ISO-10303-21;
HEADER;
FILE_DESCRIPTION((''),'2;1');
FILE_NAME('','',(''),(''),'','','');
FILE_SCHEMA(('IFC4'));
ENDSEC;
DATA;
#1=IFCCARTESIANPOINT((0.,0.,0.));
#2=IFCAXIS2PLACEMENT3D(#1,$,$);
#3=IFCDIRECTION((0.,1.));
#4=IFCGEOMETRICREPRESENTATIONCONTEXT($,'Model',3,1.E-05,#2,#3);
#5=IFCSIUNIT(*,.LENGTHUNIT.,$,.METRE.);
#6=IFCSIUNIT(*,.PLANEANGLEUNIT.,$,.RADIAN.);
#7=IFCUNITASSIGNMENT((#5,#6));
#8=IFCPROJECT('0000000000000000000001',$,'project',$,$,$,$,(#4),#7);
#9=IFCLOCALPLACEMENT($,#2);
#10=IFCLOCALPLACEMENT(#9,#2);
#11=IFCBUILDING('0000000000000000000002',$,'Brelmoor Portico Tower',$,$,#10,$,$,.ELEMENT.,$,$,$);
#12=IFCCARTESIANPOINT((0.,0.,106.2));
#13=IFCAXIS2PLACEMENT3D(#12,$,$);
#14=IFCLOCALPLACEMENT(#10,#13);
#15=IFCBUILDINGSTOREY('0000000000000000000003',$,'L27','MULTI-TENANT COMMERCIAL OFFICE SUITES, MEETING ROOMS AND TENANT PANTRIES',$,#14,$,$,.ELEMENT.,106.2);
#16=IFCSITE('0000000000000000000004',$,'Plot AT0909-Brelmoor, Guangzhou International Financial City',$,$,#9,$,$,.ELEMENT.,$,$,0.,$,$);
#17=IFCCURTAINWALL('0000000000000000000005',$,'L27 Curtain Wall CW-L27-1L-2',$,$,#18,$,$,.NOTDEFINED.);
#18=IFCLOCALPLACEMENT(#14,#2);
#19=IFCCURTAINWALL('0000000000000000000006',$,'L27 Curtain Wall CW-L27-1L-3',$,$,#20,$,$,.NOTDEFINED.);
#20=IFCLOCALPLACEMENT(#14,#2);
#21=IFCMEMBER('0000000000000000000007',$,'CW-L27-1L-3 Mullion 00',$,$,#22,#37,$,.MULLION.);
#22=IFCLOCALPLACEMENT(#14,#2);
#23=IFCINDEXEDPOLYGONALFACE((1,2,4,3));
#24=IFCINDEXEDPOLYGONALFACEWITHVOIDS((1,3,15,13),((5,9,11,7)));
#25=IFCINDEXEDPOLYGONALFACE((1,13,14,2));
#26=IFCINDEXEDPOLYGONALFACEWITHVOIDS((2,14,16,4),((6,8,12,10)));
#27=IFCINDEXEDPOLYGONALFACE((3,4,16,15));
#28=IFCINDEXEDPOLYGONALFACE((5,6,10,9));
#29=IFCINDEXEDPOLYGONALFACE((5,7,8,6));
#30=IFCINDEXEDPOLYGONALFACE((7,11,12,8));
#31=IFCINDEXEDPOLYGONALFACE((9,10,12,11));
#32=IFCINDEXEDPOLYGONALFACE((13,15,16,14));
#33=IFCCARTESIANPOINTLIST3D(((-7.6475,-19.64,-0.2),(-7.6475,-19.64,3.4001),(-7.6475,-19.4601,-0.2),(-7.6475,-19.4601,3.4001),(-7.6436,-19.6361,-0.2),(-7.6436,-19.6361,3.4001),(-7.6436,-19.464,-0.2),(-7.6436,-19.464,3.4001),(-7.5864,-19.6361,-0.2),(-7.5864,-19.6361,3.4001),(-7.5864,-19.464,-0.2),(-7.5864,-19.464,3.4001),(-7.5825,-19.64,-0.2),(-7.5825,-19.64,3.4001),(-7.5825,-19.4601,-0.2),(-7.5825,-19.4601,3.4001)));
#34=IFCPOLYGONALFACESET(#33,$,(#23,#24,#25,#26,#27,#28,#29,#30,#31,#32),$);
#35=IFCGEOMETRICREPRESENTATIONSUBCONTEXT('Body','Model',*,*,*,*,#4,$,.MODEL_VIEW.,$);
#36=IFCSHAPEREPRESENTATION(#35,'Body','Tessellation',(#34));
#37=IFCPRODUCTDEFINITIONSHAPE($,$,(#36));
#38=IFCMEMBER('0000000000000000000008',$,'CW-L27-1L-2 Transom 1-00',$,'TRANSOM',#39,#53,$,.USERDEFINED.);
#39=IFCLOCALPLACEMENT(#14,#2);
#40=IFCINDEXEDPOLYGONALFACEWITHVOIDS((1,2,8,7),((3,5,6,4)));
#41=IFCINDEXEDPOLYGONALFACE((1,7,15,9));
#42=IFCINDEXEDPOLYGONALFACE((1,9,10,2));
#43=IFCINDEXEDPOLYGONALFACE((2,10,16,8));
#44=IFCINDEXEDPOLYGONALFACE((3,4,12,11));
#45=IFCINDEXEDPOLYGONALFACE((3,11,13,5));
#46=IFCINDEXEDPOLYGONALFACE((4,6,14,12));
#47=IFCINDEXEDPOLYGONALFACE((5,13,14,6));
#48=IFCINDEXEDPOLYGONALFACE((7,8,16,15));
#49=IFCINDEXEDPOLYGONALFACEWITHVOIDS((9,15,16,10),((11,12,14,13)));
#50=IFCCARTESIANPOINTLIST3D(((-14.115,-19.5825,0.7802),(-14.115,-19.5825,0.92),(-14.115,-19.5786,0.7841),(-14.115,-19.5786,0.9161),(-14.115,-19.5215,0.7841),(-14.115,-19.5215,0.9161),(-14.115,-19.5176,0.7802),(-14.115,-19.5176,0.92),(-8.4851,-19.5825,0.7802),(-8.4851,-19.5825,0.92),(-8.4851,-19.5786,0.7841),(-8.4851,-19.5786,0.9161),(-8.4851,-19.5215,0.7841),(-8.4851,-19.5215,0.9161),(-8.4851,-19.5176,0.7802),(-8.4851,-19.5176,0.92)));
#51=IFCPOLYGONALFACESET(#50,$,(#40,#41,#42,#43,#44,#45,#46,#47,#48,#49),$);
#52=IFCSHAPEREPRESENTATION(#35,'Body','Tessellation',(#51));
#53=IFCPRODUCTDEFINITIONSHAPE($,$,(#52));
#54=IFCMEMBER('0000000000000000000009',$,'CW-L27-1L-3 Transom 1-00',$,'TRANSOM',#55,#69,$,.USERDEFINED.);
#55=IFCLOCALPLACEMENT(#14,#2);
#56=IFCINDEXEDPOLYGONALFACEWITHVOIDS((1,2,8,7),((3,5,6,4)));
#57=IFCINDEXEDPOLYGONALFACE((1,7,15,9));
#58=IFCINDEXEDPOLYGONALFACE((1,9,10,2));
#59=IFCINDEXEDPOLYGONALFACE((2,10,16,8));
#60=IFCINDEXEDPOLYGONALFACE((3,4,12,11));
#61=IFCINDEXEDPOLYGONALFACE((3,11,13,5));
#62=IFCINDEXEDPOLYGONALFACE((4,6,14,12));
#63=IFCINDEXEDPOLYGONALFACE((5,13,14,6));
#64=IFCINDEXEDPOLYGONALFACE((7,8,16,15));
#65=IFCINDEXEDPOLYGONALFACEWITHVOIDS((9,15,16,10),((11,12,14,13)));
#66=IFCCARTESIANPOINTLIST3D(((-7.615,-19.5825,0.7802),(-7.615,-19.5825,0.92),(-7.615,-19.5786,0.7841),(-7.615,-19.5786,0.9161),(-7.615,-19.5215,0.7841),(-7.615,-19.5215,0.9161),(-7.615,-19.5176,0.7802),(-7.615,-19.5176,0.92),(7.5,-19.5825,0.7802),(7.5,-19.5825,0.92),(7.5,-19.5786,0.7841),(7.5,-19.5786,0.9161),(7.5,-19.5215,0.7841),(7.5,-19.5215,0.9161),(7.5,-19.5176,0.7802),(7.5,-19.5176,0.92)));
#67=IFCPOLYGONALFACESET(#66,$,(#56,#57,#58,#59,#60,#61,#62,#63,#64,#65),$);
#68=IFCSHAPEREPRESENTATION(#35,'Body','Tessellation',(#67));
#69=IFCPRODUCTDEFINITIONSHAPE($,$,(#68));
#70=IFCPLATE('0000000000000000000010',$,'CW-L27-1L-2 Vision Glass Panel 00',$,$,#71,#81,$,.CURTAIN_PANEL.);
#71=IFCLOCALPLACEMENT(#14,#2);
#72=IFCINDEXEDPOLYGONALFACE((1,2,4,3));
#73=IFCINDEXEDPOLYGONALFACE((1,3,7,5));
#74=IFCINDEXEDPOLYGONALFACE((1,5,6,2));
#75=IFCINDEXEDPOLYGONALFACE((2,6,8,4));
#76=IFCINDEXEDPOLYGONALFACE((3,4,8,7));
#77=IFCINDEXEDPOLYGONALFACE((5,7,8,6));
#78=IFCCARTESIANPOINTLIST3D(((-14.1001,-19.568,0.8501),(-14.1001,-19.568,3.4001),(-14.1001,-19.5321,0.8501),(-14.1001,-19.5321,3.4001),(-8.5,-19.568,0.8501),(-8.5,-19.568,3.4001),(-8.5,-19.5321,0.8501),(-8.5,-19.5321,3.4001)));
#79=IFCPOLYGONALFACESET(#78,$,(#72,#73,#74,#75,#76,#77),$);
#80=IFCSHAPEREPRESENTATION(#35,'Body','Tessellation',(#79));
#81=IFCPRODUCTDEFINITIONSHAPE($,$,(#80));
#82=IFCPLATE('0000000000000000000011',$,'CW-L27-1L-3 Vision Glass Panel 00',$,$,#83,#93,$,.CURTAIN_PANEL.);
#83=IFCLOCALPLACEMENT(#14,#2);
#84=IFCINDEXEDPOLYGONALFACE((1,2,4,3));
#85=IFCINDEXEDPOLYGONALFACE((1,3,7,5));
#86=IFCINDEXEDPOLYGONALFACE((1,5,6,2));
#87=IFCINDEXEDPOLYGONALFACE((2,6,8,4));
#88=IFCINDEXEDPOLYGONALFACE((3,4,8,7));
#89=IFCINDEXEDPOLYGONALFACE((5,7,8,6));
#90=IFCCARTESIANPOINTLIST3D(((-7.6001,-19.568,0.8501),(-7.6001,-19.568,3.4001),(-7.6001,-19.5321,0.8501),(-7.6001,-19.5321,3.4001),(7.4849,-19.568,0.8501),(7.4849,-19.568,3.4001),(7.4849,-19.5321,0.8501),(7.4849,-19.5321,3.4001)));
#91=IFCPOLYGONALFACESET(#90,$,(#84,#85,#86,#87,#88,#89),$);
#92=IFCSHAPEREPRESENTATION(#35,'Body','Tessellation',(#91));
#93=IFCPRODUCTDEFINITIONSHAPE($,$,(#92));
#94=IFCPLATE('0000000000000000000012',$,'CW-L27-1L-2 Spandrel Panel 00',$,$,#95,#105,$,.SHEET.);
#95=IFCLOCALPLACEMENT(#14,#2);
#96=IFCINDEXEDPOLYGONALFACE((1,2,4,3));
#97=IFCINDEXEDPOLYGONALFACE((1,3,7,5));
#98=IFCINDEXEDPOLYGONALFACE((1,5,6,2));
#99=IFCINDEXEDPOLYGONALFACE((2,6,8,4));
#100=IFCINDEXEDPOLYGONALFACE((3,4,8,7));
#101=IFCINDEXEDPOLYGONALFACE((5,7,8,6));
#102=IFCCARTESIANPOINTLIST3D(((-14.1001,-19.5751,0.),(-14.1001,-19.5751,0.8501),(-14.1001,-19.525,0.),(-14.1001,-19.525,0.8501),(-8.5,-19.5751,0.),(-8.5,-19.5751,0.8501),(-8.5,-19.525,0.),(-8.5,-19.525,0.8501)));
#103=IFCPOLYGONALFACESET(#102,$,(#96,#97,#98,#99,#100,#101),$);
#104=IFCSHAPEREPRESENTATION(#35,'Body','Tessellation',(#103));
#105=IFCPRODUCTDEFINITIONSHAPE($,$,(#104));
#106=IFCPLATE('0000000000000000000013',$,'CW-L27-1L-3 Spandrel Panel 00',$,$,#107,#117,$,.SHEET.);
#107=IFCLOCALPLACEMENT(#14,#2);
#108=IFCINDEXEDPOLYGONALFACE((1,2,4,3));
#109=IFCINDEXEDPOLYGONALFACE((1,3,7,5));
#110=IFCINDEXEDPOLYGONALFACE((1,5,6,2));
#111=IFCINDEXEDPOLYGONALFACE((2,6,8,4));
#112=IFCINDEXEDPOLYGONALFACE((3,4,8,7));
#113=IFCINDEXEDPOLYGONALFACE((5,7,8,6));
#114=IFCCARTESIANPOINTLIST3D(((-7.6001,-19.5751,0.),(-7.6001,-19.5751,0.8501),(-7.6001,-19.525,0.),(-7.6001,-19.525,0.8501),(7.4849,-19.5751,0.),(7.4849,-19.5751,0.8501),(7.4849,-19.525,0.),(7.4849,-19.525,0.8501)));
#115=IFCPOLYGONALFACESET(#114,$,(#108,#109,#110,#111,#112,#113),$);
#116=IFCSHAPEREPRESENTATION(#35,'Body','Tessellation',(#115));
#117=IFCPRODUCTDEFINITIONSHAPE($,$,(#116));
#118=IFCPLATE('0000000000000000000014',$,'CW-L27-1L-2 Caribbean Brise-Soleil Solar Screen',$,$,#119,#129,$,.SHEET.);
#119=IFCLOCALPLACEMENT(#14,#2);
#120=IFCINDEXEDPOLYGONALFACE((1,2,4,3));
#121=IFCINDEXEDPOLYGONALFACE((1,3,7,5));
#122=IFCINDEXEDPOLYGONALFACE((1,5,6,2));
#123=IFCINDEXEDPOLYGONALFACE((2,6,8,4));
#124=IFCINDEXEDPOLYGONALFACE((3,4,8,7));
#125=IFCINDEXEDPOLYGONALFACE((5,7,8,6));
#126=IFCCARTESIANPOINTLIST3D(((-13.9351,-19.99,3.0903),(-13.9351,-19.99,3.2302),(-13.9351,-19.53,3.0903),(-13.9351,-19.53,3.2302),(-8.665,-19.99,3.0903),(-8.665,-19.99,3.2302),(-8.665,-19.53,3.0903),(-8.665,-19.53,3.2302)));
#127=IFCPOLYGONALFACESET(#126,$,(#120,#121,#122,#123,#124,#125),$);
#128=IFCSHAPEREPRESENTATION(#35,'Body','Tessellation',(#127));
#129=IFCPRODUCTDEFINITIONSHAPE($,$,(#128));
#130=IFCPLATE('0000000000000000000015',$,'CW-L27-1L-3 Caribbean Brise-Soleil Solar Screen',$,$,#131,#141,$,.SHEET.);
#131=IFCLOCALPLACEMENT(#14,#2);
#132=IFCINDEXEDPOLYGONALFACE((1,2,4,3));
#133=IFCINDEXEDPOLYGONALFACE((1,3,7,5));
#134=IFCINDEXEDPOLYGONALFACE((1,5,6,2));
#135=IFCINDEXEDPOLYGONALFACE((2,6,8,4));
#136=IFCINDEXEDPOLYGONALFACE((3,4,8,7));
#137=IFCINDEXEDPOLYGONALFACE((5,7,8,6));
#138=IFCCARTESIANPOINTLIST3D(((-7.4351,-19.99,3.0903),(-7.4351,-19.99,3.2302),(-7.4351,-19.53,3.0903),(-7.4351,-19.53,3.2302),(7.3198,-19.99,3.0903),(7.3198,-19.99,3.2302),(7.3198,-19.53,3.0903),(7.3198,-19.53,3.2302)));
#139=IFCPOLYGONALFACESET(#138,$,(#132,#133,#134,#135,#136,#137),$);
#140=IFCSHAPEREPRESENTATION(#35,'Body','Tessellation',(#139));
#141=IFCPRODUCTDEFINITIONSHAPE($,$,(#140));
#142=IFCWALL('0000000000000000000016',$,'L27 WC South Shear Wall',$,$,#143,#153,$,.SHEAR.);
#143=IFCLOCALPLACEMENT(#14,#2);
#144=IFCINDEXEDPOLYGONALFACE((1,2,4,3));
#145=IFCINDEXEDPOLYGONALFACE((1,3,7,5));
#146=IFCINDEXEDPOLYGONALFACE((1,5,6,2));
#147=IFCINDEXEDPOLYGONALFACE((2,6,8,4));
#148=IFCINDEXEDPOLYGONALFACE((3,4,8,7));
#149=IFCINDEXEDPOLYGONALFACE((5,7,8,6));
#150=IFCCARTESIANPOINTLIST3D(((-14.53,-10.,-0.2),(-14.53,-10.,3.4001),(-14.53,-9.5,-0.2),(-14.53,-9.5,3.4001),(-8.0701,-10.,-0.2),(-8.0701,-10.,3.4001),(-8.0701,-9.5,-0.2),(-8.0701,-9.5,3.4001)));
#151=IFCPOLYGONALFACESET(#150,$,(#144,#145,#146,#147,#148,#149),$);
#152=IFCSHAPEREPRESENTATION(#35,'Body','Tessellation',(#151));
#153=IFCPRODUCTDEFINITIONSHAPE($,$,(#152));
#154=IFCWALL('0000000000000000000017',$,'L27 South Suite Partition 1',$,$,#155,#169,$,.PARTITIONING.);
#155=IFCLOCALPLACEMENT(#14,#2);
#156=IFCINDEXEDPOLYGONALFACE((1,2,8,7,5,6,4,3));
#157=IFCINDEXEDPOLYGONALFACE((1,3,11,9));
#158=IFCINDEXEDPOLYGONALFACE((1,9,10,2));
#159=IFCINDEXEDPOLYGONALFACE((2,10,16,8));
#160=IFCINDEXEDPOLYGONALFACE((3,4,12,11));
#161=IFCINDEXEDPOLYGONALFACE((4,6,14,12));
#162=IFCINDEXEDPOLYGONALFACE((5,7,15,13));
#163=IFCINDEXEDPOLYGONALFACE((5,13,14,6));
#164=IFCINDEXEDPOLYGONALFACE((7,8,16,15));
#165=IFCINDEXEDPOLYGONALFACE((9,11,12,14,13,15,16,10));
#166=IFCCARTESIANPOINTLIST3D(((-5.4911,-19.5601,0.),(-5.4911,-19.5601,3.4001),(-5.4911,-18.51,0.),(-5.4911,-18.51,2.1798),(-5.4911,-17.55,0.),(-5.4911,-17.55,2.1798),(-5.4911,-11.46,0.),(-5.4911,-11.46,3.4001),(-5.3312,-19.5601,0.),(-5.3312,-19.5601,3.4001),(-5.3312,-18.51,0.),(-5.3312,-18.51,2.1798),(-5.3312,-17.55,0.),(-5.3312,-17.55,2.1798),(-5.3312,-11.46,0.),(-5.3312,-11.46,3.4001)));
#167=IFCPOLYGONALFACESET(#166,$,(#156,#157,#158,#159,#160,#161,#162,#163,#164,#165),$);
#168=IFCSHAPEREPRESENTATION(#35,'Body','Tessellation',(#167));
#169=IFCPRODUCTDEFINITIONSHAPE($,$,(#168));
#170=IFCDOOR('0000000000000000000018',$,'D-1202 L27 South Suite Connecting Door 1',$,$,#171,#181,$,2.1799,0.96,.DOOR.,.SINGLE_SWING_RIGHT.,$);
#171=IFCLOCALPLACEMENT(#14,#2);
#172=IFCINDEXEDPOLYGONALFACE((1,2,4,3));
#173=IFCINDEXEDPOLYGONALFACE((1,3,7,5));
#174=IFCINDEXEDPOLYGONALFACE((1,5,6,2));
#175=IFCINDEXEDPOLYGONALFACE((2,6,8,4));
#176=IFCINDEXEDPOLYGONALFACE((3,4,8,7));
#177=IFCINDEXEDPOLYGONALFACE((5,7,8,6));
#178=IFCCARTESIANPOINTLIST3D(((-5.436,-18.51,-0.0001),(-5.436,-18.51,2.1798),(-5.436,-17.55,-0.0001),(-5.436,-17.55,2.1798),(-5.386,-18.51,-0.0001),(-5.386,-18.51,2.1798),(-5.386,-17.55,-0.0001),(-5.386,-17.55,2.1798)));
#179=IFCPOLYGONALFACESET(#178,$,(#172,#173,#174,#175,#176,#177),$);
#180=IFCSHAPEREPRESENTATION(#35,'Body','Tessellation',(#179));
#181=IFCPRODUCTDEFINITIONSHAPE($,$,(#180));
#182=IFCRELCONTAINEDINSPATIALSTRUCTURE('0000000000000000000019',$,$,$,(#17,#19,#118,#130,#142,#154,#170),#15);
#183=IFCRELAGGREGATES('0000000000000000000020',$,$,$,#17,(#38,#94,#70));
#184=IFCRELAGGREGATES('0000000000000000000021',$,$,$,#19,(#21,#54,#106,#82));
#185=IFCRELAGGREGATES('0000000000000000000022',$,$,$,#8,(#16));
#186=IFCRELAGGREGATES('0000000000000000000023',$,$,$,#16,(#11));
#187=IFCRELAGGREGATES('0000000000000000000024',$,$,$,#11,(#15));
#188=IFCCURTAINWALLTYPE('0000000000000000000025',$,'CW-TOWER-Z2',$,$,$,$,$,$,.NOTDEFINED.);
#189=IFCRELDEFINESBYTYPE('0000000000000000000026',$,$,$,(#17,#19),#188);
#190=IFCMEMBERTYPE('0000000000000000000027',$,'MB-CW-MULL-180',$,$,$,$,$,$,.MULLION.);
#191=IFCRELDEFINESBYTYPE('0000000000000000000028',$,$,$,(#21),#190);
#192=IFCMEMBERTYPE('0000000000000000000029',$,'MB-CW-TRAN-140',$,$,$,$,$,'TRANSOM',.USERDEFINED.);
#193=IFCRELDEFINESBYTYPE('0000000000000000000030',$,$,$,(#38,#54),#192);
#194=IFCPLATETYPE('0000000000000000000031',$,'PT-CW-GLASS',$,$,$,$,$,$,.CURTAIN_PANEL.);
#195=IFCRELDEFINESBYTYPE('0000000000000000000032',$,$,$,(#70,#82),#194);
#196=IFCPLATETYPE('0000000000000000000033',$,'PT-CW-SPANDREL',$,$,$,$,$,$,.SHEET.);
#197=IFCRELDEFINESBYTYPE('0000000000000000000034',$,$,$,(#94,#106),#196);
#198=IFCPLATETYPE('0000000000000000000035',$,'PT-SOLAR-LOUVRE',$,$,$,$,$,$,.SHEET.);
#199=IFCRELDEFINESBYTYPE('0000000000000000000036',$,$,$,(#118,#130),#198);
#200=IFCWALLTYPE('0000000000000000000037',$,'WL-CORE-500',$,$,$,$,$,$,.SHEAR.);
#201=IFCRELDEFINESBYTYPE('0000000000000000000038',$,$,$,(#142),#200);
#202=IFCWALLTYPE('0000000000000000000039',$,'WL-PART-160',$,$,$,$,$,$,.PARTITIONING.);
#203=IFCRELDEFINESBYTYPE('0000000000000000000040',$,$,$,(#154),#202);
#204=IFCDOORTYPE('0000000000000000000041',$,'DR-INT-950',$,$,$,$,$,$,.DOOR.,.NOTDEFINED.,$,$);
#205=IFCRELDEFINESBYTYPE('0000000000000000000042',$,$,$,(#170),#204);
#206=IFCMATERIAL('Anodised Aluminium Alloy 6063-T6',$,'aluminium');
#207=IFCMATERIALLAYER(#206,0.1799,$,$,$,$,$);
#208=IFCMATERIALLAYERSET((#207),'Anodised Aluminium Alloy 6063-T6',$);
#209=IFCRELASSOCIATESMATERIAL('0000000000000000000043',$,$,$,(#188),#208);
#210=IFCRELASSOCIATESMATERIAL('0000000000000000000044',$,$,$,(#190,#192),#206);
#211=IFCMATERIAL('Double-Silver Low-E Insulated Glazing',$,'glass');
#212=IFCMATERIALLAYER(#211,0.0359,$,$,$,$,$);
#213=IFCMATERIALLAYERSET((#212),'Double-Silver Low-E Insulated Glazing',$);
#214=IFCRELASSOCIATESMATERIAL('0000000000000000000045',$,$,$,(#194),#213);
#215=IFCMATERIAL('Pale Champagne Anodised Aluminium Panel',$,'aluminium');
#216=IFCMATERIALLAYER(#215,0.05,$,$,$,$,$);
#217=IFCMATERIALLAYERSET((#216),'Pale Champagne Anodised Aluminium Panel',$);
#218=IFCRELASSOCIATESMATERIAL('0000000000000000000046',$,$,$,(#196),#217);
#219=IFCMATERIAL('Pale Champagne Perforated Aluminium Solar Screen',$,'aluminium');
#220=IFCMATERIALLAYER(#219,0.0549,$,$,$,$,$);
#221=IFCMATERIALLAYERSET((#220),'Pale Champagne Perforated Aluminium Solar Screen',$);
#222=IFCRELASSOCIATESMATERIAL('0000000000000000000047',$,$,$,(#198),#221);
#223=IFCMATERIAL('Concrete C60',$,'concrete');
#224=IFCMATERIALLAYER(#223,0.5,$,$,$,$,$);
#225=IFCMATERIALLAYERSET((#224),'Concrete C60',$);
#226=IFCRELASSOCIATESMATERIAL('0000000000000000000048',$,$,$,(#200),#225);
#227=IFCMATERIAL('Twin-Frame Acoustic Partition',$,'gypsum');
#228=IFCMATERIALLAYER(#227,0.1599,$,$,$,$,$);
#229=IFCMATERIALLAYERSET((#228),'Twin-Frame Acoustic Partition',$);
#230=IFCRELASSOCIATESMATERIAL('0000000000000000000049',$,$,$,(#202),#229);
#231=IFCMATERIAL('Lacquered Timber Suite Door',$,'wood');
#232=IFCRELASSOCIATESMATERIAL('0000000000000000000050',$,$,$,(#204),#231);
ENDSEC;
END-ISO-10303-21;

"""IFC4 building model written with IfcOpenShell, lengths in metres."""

from ifc_helpers import new_model, si_unit, direction, frame, frame_2d, origin, origin_2d, place, context, subcontext, project, spatial, rectangle, hollow_rectangle, extrude, material, layer, layer_set, material_profile, profile_set, type_object, element, fill, aggregate, save


model = new_model("IFC4")

# Units and contexts
model_context = context("Model", 3, precision=1e-05, world=origin(), true_north=direction((0.0, 1.0)))
body_context = subcontext(model_context, "Body", "Model", "MODEL_VIEW")
ifc_project = project(units=[si_unit("LENGTHUNIT", "METRE"), si_unit("PLANEANGLEUNIT", "RADIAN")], contexts=[model_context])

# Site, building, storey
site_placement = place(None, origin())
site = spatial("IfcSite", under=ifc_project, at=site_placement, Name="Plot AT0909-Brelmoor, Guangzhou International Financial City", CompositionType="ELEMENT", RefElevation=0.0)
building_placement = place(site_placement, origin())
building = spatial("IfcBuilding", under=site, at=building_placement, Name="Brelmoor Portico Tower", CompositionType="ELEMENT")
storey_placement = place(building_placement, frame((0.0, 0.0, 106.2)))
storey = spatial("IfcBuildingStorey", under=building, at=storey_placement, Name="L27", Description="MULTI-TENANT COMMERCIAL OFFICE SUITES, MEETING ROOMS AND TENANT PANTRIES", CompositionType="ELEMENT", Elevation=106.2)

# Curtain wall
ifc_material_1 = material(Name="Anodised Aluminium Alloy 6063-T6", Category="aluminium")
ifc_layer_1 = layer(ifc_material_1, 0.1799)
ifc_layer_set_1 = layer_set([ifc_layer_1], Name="Anodised Aluminium Alloy 6063-T6")
curtain_wall_type = type_object("IfcCurtainWallType", Name="CW-TOWER-Z2", PredefinedType="NOTDEFINED", material=ifc_layer_set_1)
curtain_wall_1_placement = place(storey_placement, origin())
curtain_wall_1 = element("IfcCurtainWall", 1, at=curtain_wall_1_placement, inside=storey, type_object=curtain_wall_type, Name="L27 Curtain Wall CW-L27-1L-2", PredefinedType="NOTDEFINED")
ifc_material_profile_1 = material_profile(ifc_material_1, hollow_rectangle(XDim=0.0649, YDim=0.1799, WallThickness=0.0039, at=origin_2d()), Name="ALU MULLION 65x180")
ifc_profile_set_1 = profile_set([ifc_material_profile_1], Name="Anodised Aluminium Alloy 6063-T6")
member_type_1 = type_object("IfcMemberType", Name="MB-CW-MULL-180", PredefinedType="MULLION", material=ifc_profile_set_1)

# Curtain wall, member
curtain_wall_2_placement = place(storey_placement, origin())
curtain_wall_2 = element("IfcCurtainWall", 2, at=curtain_wall_2_placement, inside=storey, type_object=curtain_wall_type, Name="L27 Curtain Wall CW-L27-1L-3", PredefinedType="NOTDEFINED")
member_1_placement = place(storey_placement, frame((-7.615, -19.55, -0.2), z_axis=(0.0, 0.0, 1.0), x_axis=(1.0, 0.0, 0.0)))
member_1 = element("IfcMember", 3, at=member_1_placement, type_object=member_type_1, Name="CW-L27-1L-3 Mullion 00", PredefinedType="MULLION", context=body_context, shape_type="SweptSolid", body=[
    extrude(hollow_rectangle(XDim=0.0649, YDim=0.1799, WallThickness=0.0039, at=origin_2d()), origin(), (0.0, 0.0, 1.0), 3.6001),
])

# Members
ifc_material_profile_2 = material_profile(ifc_material_1, hollow_rectangle(XDim=0.0649, YDim=0.1399, WallThickness=0.0039, at=origin_2d()), Name="ALU TRANSOM 65x140")
ifc_profile_set_2 = profile_set([ifc_material_profile_2], Name="Anodised Aluminium Alloy 6063-T6")
member_type_2 = type_object("IfcMemberType", Name="MB-CW-TRAN-140", ElementType="TRANSOM", PredefinedType="USERDEFINED", material=ifc_profile_set_2)
member_2_placement = place(storey_placement, frame((-14.115, -19.55, 0.8501), z_axis=(1.0, 0.0, 0.0), x_axis=(0.0, 1.0, 0.0)))
member_2 = element("IfcMember", 4, at=member_2_placement, type_object=member_type_2, Name="CW-L27-1L-2 Transom 1-00", ObjectType="TRANSOM", PredefinedType="USERDEFINED", context=body_context, shape_type="SweptSolid", body=[
    extrude(hollow_rectangle(XDim=0.0649, YDim=0.1399, WallThickness=0.0039, at=origin_2d()), origin(), (0.0, 0.0, 1.0), 5.6299),
])
member_3_placement = place(storey_placement, frame((-7.615, -19.55, 0.8501), z_axis=(1.0, 0.0, 0.0), x_axis=(0.0, 1.0, 0.0)))
member_3 = element("IfcMember", 5, at=member_3_placement, type_object=member_type_2, Name="CW-L27-1L-3 Transom 1-00", ObjectType="TRANSOM", PredefinedType="USERDEFINED", context=body_context, shape_type="SweptSolid", body=[
    extrude(hollow_rectangle(XDim=0.0649, YDim=0.1399, WallThickness=0.0039, at=origin_2d()), origin(), (0.0, 0.0, 1.0), 15.115),
])

# Plates
ifc_material_2 = material(Name="Double-Silver Low-E Insulated Glazing", Category="glass")
ifc_layer_2 = layer(ifc_material_2, 0.0359)
ifc_layer_set_2 = layer_set([ifc_layer_2], Name="Double-Silver Low-E Insulated Glazing")
plate_type_1 = type_object("IfcPlateType", Name="PT-CW-GLASS", PredefinedType="CURTAIN_PANEL", material=ifc_layer_set_2)
plate_1_placement = place(storey_placement, frame((-11.3, -19.55, 0.8501), z_axis=(0.0, 0.0, 1.0), x_axis=(1.0, 0.0, 0.0)))
plate_1 = element("IfcPlate", 6, at=plate_1_placement, type_object=plate_type_1, Name="CW-L27-1L-2 Vision Glass Panel 00", PredefinedType="CURTAIN_PANEL", context=body_context, shape_type="SweptSolid", body=[
    extrude(rectangle(XDim=5.6001, YDim=0.0359, at=origin_2d()), origin(), (0.0, 0.0, 1.0), 2.55),
])
plate_2_placement = place(storey_placement, frame((-0.0576, -19.55, 0.8501), z_axis=(0.0, 0.0, 1.0), x_axis=(1.0, 0.0, 0.0)))
plate_2 = element("IfcPlate", 7, at=plate_2_placement, type_object=plate_type_1, Name="CW-L27-1L-3 Vision Glass Panel 00", PredefinedType="CURTAIN_PANEL", context=body_context, shape_type="SweptSolid", body=[
    extrude(rectangle(XDim=15.085, YDim=0.0359, at=origin_2d()), origin(), (0.0, 0.0, 1.0), 2.55),
])
ifc_material_3 = material(Name="Pale Champagne Anodised Aluminium Panel", Category="aluminium")
ifc_layer_3 = layer(ifc_material_3, 0.05)
ifc_layer_set_3 = layer_set([ifc_layer_3], Name="Pale Champagne Anodised Aluminium Panel")
plate_type_2 = type_object("IfcPlateType", Name="PT-CW-SPANDREL", PredefinedType="SHEET", material=ifc_layer_set_3)
plate_3_placement = place(storey_placement, frame((-11.3, -19.55, 0.0), z_axis=(0.0, 0.0, 1.0), x_axis=(1.0, 0.0, 0.0)))
plate_3 = element("IfcPlate", 8, at=plate_3_placement, type_object=plate_type_2, Name="CW-L27-1L-2 Spandrel Panel 00", PredefinedType="SHEET", context=body_context, shape_type="SweptSolid", body=[
    extrude(rectangle(XDim=5.6001, YDim=0.05, at=origin_2d()), origin(), (0.0, 0.0, 1.0), 0.8501),
])
aggregate(curtain_wall_1, [member_2, plate_3, plate_1])
plate_4_placement = place(storey_placement, frame((-0.0576, -19.55, 0.0), z_axis=(0.0, 0.0, 1.0), x_axis=(1.0, 0.0, 0.0)))
plate_4 = element("IfcPlate", 9, at=plate_4_placement, type_object=plate_type_2, Name="CW-L27-1L-3 Spandrel Panel 00", PredefinedType="SHEET", context=body_context, shape_type="SweptSolid", body=[
    extrude(rectangle(XDim=15.085, YDim=0.05, at=origin_2d()), origin(), (0.0, 0.0, 1.0), 0.8501),
])
aggregate(curtain_wall_2, [member_1, member_3, plate_4, plate_2])

# Plates
ifc_material_4 = material(Name="Pale Champagne Perforated Aluminium Solar Screen", Category="aluminium")
ifc_layer_4 = layer(ifc_material_4, 0.0549)
ifc_layer_set_4 = layer_set([ifc_layer_4], Name="Pale Champagne Perforated Aluminium Solar Screen")
plate_type_3 = type_object("IfcPlateType", Name="PT-SOLAR-LOUVRE", PredefinedType="SHEET", material=ifc_layer_set_4)
plate_5_placement = place(storey_placement, frame((-11.3, -19.76, 3.0903), z_axis=(0.0, 0.0, 1.0), x_axis=(1.0, 0.0, 0.0)))
element("IfcPlate", 10, at=plate_5_placement, inside=storey, type_object=plate_type_3, Name="CW-L27-1L-2 Caribbean Brise-Soleil Solar Screen", PredefinedType="SHEET", context=body_context, shape_type="SweptSolid", body=[
    extrude(rectangle(XDim=5.27, YDim=0.46, at=origin_2d()), origin(), (0.0, 0.0, 1.0), 0.1399),
])
plate_6_placement = place(storey_placement, frame((-0.0576, -19.76, 3.0903), z_axis=(0.0, 0.0, 1.0), x_axis=(1.0, 0.0, 0.0)))
element("IfcPlate", 11, at=plate_6_placement, inside=storey, type_object=plate_type_3, Name="CW-L27-1L-3 Caribbean Brise-Soleil Solar Screen", PredefinedType="SHEET", context=body_context, shape_type="SweptSolid", body=[
    extrude(rectangle(XDim=14.7549, YDim=0.46, at=origin_2d()), origin(), (0.0, 0.0, 1.0), 0.1399),
])

# Wall
ifc_material_5 = material(Name="Concrete C60", Category="concrete")
ifc_layer_5 = layer(ifc_material_5, 0.5)
ifc_layer_set_5 = layer_set([ifc_layer_5], Name="Concrete C60")
wall_type_1 = type_object("IfcWallType", Name="WL-CORE-500", PredefinedType="SHEAR", material=ifc_layer_set_5)
wall_1_placement = place(storey_placement, frame((-14.53, -9.75, -0.2), z_axis=(0.0, 0.0, 1.0), x_axis=(1.0, 0.0, 0.0)))
element("IfcWall", 12, at=wall_1_placement, inside=storey, type_object=wall_type_1, Name="L27 WC South Shear Wall", PredefinedType="SHEAR", context=body_context, shape_type="SweptSolid", body=[
    extrude(rectangle(XDim=6.46, YDim=0.5, at=frame_2d((3.23, 0.0))), origin(), (0.0, 0.0, 1.0), 3.6001),
])

# Wall, opening, door
ifc_material_6 = material(Name="Twin-Frame Acoustic Partition", Category="gypsum")
ifc_layer_6 = layer(ifc_material_6, 0.1599)
ifc_layer_set_6 = layer_set([ifc_layer_6], Name="Twin-Frame Acoustic Partition")
wall_type_2 = type_object("IfcWallType", Name="WL-PART-160", PredefinedType="PARTITIONING", material=ifc_layer_set_6)
wall_2_placement = place(storey_placement, frame((-5.4111, -19.5601, 0.0), z_axis=(0.0, 0.0, 1.0), x_axis=(0.0, 1.0, 0.0)))
wall_2 = element("IfcWall", 13, at=wall_2_placement, inside=storey, type_object=wall_type_2, Name="L27 South Suite Partition 1", PredefinedType="PARTITIONING", context=body_context, shape_type="SweptSolid", body=[
    extrude(rectangle(XDim=8.1001, YDim=0.1599, at=frame_2d((4.05, 0.0))), origin(), (0.0, 0.0, 1.0), 3.4001),
])
opening_1_placement = place(wall_2_placement, frame((1.05, 0.0, 0.0)))
opening_1 = element("IfcOpeningElement", 14, at=opening_1_placement, cuts=wall_2, PredefinedType="OPENING", context=body_context, shape_type="SweptSolid", body=[
    extrude(rectangle(XDim=0.96, YDim=2.1799, at=frame_2d((0.48, 1.0898))), frame((0.0, 0.0898, 0.0), z_axis=(0.0, -1.0, 0.0), x_axis=(1.0, 0.0, 0.0)), (0.0, 0.0, 1.0), 0.1799),
])
ifc_material_7 = material(Name="Lacquered Timber Suite Door", Category="wood")
door_type_1 = type_object("IfcDoorType", Name="DR-INT-950", OperationType="NOTDEFINED", PredefinedType="DOOR", material=ifc_material_7)
door_1_placement = place(opening_1_placement, origin())
door_1 = element("IfcDoor", 15, at=door_1_placement, inside=storey, type_object=door_type_1, Name="D-1202 L27 South Suite Connecting Door 1", OperationType="SINGLE_SWING_RIGHT", OverallHeight=2.1799, OverallWidth=0.96, PredefinedType="DOOR", context=body_context, shape_type="SweptSolid", body=[
    extrude(rectangle(XDim=0.96, YDim=2.1799, at=frame_2d((0.48, 1.0898))), frame((0.0, 0.0249, 0.0), z_axis=(0.0, -1.0, 0.0), x_axis=(1.0, 0.0, 0.0)), (0.0, 0.0, 1.0), 0.05),
])
fill(opening_1, door_1)

save(model, "model.ifc")
